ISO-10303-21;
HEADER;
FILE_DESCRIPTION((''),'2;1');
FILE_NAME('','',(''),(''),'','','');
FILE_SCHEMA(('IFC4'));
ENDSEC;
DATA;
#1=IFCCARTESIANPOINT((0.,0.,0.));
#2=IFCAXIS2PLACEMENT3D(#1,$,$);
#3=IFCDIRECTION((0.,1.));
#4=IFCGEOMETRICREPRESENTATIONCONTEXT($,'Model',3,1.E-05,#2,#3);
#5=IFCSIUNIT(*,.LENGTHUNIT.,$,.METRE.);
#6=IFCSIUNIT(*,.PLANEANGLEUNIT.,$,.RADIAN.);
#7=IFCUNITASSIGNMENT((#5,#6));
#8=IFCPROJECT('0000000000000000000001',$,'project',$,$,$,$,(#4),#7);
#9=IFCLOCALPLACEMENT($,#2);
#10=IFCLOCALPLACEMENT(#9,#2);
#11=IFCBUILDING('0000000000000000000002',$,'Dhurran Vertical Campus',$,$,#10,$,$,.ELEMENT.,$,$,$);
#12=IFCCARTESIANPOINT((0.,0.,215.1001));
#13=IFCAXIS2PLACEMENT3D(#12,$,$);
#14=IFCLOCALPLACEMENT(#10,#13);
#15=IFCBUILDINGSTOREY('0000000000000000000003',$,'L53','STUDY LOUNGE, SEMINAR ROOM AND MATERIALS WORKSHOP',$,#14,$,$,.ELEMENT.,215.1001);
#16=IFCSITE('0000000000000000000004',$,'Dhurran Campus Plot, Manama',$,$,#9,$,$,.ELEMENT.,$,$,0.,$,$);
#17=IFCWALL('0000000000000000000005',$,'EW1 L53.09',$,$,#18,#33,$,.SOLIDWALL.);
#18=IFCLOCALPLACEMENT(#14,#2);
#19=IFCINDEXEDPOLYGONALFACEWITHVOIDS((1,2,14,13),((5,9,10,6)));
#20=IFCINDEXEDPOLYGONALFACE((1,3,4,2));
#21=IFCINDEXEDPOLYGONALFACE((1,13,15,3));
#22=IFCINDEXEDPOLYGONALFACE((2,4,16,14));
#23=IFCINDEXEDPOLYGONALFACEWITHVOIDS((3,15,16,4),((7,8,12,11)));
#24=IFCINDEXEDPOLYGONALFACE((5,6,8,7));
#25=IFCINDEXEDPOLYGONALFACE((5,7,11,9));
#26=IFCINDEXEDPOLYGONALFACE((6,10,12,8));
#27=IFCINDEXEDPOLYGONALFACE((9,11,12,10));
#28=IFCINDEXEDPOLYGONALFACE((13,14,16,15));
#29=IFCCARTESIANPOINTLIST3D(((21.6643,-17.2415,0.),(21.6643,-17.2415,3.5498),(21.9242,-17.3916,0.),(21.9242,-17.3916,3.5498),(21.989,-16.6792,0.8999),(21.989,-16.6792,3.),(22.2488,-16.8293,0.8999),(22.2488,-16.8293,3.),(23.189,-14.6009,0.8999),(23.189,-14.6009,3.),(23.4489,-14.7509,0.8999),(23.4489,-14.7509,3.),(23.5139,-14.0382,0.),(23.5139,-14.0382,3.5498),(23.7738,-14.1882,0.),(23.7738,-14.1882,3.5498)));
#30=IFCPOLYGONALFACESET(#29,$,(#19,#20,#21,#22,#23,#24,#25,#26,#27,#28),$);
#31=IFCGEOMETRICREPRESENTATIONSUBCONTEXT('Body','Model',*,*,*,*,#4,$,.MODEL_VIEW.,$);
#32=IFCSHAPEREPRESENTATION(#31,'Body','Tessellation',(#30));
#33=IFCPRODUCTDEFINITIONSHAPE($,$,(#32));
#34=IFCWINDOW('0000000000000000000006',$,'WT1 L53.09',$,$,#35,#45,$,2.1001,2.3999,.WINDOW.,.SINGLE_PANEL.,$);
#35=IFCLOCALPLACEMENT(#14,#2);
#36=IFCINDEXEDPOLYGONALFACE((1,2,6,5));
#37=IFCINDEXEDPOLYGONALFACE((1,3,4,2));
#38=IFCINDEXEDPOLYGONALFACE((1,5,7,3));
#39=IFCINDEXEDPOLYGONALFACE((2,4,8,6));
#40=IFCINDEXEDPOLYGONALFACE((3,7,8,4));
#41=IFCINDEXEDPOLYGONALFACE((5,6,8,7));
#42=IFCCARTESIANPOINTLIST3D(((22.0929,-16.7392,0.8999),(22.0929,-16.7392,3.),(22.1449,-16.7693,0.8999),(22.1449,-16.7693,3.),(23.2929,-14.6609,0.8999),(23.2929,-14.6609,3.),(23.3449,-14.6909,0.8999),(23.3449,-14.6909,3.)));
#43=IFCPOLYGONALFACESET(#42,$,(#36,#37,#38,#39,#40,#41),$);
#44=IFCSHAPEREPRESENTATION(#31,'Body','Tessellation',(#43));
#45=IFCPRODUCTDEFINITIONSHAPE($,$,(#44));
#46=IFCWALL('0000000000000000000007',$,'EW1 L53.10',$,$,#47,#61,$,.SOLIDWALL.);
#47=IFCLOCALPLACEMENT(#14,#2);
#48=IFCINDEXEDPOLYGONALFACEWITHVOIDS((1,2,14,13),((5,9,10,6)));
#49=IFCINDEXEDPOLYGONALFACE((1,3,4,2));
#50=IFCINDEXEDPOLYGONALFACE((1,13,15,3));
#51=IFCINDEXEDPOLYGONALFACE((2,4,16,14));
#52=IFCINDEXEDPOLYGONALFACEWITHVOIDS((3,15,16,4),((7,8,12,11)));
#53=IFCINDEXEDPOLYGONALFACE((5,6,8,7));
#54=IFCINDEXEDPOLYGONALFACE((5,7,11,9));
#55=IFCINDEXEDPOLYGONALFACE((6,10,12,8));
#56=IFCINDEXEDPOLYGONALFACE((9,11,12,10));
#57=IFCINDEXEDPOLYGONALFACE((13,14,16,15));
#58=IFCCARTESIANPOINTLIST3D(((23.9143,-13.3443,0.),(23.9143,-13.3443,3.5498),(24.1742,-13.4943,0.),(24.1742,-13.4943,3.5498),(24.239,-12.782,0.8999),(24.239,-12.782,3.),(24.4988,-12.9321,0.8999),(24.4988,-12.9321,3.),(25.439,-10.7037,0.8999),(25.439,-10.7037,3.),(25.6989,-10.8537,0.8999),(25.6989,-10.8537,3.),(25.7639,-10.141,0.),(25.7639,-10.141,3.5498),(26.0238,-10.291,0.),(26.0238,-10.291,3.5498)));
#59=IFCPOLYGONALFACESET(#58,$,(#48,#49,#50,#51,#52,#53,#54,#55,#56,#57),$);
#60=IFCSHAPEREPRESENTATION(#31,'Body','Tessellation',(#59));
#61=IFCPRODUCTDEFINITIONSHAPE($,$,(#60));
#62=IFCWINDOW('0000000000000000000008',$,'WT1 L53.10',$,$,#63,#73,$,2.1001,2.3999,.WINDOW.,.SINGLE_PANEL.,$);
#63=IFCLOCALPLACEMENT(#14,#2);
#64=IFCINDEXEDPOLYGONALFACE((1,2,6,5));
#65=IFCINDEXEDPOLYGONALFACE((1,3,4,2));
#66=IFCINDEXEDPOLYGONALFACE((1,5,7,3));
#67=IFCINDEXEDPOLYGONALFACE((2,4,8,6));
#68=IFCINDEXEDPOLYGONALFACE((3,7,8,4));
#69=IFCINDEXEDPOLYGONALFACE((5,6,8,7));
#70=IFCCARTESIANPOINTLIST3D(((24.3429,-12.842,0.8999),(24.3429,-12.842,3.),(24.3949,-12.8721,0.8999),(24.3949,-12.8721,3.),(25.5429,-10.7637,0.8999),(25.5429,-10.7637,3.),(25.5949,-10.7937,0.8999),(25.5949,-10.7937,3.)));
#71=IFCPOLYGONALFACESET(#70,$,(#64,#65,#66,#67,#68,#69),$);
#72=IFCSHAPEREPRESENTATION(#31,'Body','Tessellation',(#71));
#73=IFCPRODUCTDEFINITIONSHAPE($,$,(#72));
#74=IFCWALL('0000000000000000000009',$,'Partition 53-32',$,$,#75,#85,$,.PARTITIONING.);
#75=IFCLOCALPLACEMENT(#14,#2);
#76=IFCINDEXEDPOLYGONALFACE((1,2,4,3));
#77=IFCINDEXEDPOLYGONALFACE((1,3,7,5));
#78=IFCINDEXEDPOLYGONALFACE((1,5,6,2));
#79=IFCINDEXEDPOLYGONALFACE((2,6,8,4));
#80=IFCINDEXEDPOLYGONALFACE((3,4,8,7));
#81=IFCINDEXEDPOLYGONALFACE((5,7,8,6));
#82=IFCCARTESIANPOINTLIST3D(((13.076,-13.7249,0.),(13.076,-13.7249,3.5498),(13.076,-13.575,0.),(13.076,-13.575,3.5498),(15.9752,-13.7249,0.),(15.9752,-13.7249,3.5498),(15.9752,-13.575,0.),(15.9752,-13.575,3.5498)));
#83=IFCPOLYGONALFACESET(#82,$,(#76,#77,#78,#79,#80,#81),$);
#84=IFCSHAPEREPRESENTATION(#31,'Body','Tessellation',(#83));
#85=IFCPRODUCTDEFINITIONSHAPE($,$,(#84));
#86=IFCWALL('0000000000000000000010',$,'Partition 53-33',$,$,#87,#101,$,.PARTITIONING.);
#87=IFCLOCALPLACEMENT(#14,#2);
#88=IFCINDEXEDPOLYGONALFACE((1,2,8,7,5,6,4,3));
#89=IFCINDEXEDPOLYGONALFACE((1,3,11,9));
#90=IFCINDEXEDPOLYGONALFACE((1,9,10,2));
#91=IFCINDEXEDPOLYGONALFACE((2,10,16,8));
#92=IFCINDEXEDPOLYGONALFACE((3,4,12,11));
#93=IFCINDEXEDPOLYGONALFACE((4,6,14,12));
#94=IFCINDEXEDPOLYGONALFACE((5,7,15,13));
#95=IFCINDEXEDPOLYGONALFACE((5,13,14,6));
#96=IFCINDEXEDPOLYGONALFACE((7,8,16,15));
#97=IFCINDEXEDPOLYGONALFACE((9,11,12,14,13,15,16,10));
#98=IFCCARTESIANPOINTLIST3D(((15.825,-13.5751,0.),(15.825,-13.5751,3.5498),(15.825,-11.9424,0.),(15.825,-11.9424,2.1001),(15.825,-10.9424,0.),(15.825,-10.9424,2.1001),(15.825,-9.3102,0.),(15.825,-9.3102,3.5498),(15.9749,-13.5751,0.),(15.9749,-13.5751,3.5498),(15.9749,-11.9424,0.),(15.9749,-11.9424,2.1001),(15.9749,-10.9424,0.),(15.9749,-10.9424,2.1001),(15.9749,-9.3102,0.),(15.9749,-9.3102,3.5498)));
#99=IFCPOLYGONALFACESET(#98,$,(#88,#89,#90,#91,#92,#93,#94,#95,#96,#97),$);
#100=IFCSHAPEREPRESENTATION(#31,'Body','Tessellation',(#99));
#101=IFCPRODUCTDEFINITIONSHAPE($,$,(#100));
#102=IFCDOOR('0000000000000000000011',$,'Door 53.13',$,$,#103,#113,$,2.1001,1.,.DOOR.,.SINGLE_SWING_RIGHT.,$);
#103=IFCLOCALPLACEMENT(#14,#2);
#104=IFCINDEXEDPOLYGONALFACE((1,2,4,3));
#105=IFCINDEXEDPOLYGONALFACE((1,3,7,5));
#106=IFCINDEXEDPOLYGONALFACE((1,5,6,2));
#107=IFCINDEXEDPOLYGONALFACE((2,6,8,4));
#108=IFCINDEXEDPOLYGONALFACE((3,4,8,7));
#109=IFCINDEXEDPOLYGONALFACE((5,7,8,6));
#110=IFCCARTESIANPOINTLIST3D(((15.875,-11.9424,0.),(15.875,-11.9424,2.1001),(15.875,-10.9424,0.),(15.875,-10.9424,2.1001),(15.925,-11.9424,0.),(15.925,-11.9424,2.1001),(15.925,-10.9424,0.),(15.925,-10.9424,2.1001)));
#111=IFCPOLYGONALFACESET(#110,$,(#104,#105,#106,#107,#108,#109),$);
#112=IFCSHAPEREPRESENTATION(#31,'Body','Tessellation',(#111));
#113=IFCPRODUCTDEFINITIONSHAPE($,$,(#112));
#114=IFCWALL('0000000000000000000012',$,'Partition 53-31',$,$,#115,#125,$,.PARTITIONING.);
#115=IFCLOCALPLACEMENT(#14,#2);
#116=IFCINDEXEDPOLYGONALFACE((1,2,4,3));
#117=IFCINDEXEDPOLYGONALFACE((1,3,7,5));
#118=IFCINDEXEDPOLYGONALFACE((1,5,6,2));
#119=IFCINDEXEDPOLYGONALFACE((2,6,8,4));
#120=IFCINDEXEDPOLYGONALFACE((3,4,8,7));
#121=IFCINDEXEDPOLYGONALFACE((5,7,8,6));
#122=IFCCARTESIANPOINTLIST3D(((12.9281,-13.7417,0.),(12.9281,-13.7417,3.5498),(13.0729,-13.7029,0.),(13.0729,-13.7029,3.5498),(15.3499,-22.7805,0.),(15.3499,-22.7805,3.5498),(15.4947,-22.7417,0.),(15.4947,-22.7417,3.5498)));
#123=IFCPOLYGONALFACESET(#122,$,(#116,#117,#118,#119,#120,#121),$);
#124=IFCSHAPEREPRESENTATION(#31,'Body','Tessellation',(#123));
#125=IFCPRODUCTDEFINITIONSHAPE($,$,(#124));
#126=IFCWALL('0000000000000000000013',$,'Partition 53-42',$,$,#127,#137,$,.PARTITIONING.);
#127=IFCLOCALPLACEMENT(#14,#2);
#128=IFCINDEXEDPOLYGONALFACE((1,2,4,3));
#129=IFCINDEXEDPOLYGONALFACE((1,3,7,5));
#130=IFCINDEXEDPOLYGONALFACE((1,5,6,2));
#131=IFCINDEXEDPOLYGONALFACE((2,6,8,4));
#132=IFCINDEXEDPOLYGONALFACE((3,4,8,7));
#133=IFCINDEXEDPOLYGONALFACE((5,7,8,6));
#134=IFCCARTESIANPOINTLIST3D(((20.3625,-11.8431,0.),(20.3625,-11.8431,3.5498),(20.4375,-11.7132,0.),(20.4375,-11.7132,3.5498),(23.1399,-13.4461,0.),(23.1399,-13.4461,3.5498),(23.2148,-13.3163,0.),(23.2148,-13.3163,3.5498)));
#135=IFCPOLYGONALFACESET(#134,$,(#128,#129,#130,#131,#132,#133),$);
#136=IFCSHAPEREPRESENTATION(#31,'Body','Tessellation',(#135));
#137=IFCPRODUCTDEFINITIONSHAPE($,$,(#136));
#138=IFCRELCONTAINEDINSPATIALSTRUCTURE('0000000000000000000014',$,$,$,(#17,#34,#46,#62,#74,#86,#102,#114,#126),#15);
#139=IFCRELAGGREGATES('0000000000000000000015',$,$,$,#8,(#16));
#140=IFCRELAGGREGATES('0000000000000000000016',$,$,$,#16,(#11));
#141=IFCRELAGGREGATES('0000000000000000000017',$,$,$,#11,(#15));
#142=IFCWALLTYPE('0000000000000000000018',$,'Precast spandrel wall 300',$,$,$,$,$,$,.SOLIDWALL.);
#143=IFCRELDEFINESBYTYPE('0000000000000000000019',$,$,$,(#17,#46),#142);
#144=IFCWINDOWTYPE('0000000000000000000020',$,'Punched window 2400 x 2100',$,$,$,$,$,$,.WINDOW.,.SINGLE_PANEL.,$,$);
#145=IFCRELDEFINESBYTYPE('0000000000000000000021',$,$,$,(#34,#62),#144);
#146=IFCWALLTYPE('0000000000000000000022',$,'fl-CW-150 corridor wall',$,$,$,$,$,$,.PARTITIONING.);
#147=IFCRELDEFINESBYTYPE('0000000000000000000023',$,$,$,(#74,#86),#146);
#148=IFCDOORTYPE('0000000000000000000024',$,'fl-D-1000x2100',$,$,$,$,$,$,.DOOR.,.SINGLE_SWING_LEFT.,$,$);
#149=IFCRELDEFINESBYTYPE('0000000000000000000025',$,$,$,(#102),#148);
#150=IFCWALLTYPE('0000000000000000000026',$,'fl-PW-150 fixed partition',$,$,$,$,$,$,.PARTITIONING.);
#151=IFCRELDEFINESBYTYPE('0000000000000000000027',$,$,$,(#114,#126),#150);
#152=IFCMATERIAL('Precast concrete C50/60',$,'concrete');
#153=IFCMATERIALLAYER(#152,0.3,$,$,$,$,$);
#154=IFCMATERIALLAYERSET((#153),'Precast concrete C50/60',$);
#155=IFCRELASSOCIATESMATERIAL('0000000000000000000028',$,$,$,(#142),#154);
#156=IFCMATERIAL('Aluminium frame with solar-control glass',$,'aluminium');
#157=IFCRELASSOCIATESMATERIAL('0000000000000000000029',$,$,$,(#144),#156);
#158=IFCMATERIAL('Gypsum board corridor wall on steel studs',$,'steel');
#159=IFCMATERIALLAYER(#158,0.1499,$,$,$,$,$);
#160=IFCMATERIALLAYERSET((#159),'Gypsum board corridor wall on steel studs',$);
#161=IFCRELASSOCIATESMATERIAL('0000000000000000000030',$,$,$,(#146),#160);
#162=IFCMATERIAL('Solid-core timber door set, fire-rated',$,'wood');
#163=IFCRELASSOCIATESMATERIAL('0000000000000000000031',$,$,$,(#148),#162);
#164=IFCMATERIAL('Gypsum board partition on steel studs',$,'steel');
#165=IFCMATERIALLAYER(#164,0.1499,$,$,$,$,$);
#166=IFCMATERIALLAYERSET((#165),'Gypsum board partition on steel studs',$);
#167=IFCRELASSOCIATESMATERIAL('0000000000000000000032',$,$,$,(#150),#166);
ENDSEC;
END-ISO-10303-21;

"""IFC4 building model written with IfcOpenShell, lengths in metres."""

from ifc_helpers import new_model, si_unit, direction, frame, frame_2d, origin, place, context, subcontext, project, spatial, rectangle, extrude, material, layer, layer_set, type_object, element, fill, save


model = new_model("IFC4")

# Units and contexts
model_context = context("Model", 3, precision=1e-05, world=origin(), true_north=direction((0.0, 1.0)))
body_context = subcontext(model_context, "Body", "Model", "MODEL_VIEW")
ifc_project = project(units=[si_unit("LENGTHUNIT", "METRE"), si_unit("PLANEANGLEUNIT", "RADIAN")], contexts=[model_context])

# Site, building, storey
site_placement = place(None, origin())
site = spatial("IfcSite", under=ifc_project, at=site_placement, Name="Dhurran Campus Plot, Manama", CompositionType="ELEMENT", RefElevation=0.0)
building_placement = place(site_placement, origin())
building = spatial("IfcBuilding", under=site, at=building_placement, Name="Dhurran Vertical Campus", CompositionType="ELEMENT")
storey_placement = place(building_placement, frame((0.0, 0.0, 215.1001)))
storey = spatial("IfcBuildingStorey", under=building, at=storey_placement, Name="L53", Description="STUDY LOUNGE, SEMINAR ROOM AND MATERIALS WORKSHOP", CompositionType="ELEMENT", Elevation=215.1001)

# Walls, openings, windows
ifc_material_1 = material(Name="Precast concrete C50/60", Category="concrete")
ifc_layer_1 = layer(ifc_material_1, 0.3)
ifc_layer_set_1 = layer_set([ifc_layer_1], Name="Precast concrete C50/60")
wall_type_1 = type_object("IfcWallType", Name="Precast spandrel wall 300", PredefinedType="SOLIDWALL", material=ifc_layer_set_1)
ifc_material_2 = material(Name="Aluminium frame with solar-control glass", Category="aluminium")
window_type = type_object("IfcWindowType", Name="Punched window 2400 x 2100", PartitioningType="SINGLE_PANEL", PredefinedType="WINDOW", material=ifc_material_2)
wall_1_placement = place(storey_placement, frame((21.7942, -17.3167, 0.0), z_axis=(0.0, 0.0, 1.0), x_axis=(0.500029, 0.866009, 0.0)))
wall_1 = element("IfcWall", 1, at=wall_1_placement, inside=storey, type_object=wall_type_1, Name="EW1 L53.09", PredefinedType="SOLIDWALL", context=body_context, shape_type="SweptSolid", body=[
    extrude(rectangle(XDim=3.699, YDim=0.3, at=frame_2d((1.8496, 0.0))), origin(), (0.0, 0.0, 1.0), 3.5498),
])
opening_1_placement = place(wall_1_placement, frame((0.6494, 0.0, 0.8999)))
opening_1 = element("IfcOpeningElement", 2, at=opening_1_placement, cuts=wall_1, PredefinedType="OPENING", context=body_context, shape_type="SweptSolid", body=[
    extrude(rectangle(XDim=2.3999, YDim=2.1001, at=frame_2d((1.2, 1.05))), frame((0.0, 0.1599, 0.0), z_axis=(0.0, -1.0, 0.0), x_axis=(1.0, 0.0, 0.0)), (0.0, 0.0, 1.0), 0.3201),
])
window_1_placement = place(opening_1_placement, origin())
window_1 = element("IfcWindow", 3, at=window_1_placement, inside=storey, type_object=window_type, Name="WT1 L53.09", OverallHeight=2.1001, OverallWidth=2.3999, PartitioningType="SINGLE_PANEL", PredefinedType="WINDOW", context=body_context, shape_type="SweptSolid", body=[
    extrude(rectangle(XDim=2.3999, YDim=2.1001, at=frame_2d((1.2, 1.05))), frame((0.0, 0.03, 0.0), z_axis=(0.0, -1.0, 0.0), x_axis=(1.0, 0.0, 0.0)), (0.0, 0.0, 1.0), 0.0601),
])
fill(opening_1, window_1)
wall_2_placement = place(storey_placement, frame((24.0442, -13.4194, 0.0), z_axis=(0.0, 0.0, 1.0), x_axis=(0.500029, 0.866009, 0.0)))
wall_2 = element("IfcWall", 4, at=wall_2_placement, inside=storey, type_object=wall_type_1, Name="EW1 L53.10", PredefinedType="SOLIDWALL", context=body_context, shape_type="SweptSolid", body=[
    extrude(rectangle(XDim=3.699, YDim=0.3, at=frame_2d((1.8496, 0.0))), origin(), (0.0, 0.0, 1.0), 3.5498),
])
opening_2_placement = place(wall_2_placement, frame((0.6494, 0.0, 0.8999)))
opening_2 = element("IfcOpeningElement", 5, at=opening_2_placement, cuts=wall_2, PredefinedType="OPENING", context=body_context, shape_type="SweptSolid", body=[
    extrude(rectangle(XDim=2.3999, YDim=2.1001, at=frame_2d((1.2, 1.05))), frame((0.0, 0.1599, 0.0), z_axis=(0.0, -1.0, 0.0), x_axis=(1.0, 0.0, 0.0)), (0.0, 0.0, 1.0), 0.3201),
])
window_2_placement = place(opening_2_placement, origin())
window_2 = element("IfcWindow", 6, at=window_2_placement, inside=storey, type_object=window_type, Name="WT1 L53.10", OverallHeight=2.1001, OverallWidth=2.3999, PartitioningType="SINGLE_PANEL", PredefinedType="WINDOW", context=body_context, shape_type="SweptSolid", body=[
    extrude(rectangle(XDim=2.3999, YDim=2.1001, at=frame_2d((1.2, 1.05))), frame((0.0, 0.03, 0.0), z_axis=(0.0, -1.0, 0.0), x_axis=(1.0, 0.0, 0.0)), (0.0, 0.0, 1.0), 0.0601),
])
fill(opening_2, window_2)

# Wall
ifc_material_3 = material(Name="Gypsum board corridor wall on steel studs", Category="steel")
ifc_layer_2 = layer(ifc_material_3, 0.1499)
ifc_layer_set_2 = layer_set([ifc_layer_2], Name="Gypsum board corridor wall on steel studs")
wall_type_2 = type_object("IfcWallType", Name="fl-CW-150 corridor wall", PredefinedType="PARTITIONING", material=ifc_layer_set_2)
wall_3_placement = place(storey_placement, frame((13.0759, -13.6499, 0.0), z_axis=(0.0, 0.0, 1.0), x_axis=(1.0, 0.0, 0.0)))
element("IfcWall", 7, at=wall_3_placement, inside=storey, type_object=wall_type_2, Name="Partition 53-32", PredefinedType="PARTITIONING", context=body_context, shape_type="SweptSolid", body=[
    extrude(rectangle(XDim=2.8992, YDim=0.1499, at=frame_2d((1.4497, 0.0))), origin(), (0.0, 0.0, 1.0), 3.5498),
])

# Wall, opening, door
wall_4_placement = place(storey_placement, frame((15.8999, -13.575, 0.0), z_axis=(0.0, 0.0, 1.0), x_axis=(0.0, 1.0, 0.0)))
wall_4 = element("IfcWall", 8, at=wall_4_placement, inside=storey, type_object=wall_type_2, Name="Partition 53-33", PredefinedType="PARTITIONING", context=body_context, shape_type="SweptSolid", body=[
    extrude(rectangle(XDim=4.2649, YDim=0.1499, at=frame_2d((2.1323, 0.0))), origin(), (0.0, 0.0, 1.0), 3.5498),
])
opening_3_placement = place(wall_4_placement, frame((1.6326, 0.0, 0.0)))
opening_3 = element("IfcOpeningElement", 9, at=opening_3_placement, cuts=wall_4, PredefinedType="OPENING", context=body_context, shape_type="SweptSolid", body=[
    extrude(rectangle(XDim=1.0, YDim=2.1001, at=frame_2d((0.5, 1.05))), frame((0.0, 0.085, 0.0), z_axis=(0.0, -1.0, 0.0), x_axis=(1.0, 0.0, 0.0)), (0.0, 0.0, 1.0), 0.1699),
])
ifc_material_4 = material(Name="Solid-core timber door set, fire-rated", Category="wood")
door_type = type_object("IfcDoorType", Name="fl-D-1000x2100", OperationType="SINGLE_SWING_LEFT", PredefinedType="DOOR", material=ifc_material_4)
door_placement = place(opening_3_placement, origin())
door = element("IfcDoor", 10, at=door_placement, inside=storey, type_object=door_type, Name="Door 53.13", OperationType="SINGLE_SWING_RIGHT", OverallHeight=2.1001, OverallWidth=1.0, PredefinedType="DOOR", context=body_context, shape_type="SweptSolid", body=[
    extrude(rectangle(XDim=1.0, YDim=2.1001, at=frame_2d((0.5, 1.05))), frame((0.0, 0.0249, 0.0), z_axis=(0.0, -1.0, 0.0), x_axis=(1.0, 0.0, 0.0)), (0.0, 0.0, 1.0), 0.05),
])
fill(opening_3, door)

# Walls
ifc_material_5 = material(Name="Gypsum board partition on steel studs", Category="steel")
ifc_layer_3 = layer(ifc_material_5, 0.1499)
ifc_layer_set_3 = layer_set([ifc_layer_3], Name="Gypsum board partition on steel studs")
wall_type_3 = type_object("IfcWallType", Name="fl-PW-150 fixed partition", PredefinedType="PARTITIONING", material=ifc_layer_set_3)
wall_5_placement = place(storey_placement, frame((13.0005, -13.7224, 0.0), z_axis=(0.0, 0.0, 1.0), x_axis=(0.258812, -0.965928, 0.0)))
element("IfcWall", 11, at=wall_5_placement, inside=storey, type_object=wall_type_3, Name="Partition 53-31", PredefinedType="PARTITIONING", context=body_context, shape_type="SweptSolid", body=[
    extrude(rectangle(XDim=9.3577, YDim=0.1499, at=frame_2d((4.6787, 0.0))), origin(), (0.0, 0.0, 1.0), 3.5498),
])
wall_6_placement = place(storey_placement, frame((20.3999, -11.7781, 0.0), z_axis=(0.0, 0.0, 1.0), x_axis=(0.866089, -0.499889, 0.0)))
element("IfcWall", 12, at=wall_6_placement, inside=storey, type_object=wall_type_3, Name="Partition 53-42", PredefinedType="PARTITIONING", context=body_context, shape_type="SweptSolid", body=[
    extrude(rectangle(XDim=3.2068, YDim=0.1499, at=frame_2d((1.6035, 0.0))), origin(), (0.0, 0.0, 1.0), 3.5498),
])

save(model, "model.ifc")
